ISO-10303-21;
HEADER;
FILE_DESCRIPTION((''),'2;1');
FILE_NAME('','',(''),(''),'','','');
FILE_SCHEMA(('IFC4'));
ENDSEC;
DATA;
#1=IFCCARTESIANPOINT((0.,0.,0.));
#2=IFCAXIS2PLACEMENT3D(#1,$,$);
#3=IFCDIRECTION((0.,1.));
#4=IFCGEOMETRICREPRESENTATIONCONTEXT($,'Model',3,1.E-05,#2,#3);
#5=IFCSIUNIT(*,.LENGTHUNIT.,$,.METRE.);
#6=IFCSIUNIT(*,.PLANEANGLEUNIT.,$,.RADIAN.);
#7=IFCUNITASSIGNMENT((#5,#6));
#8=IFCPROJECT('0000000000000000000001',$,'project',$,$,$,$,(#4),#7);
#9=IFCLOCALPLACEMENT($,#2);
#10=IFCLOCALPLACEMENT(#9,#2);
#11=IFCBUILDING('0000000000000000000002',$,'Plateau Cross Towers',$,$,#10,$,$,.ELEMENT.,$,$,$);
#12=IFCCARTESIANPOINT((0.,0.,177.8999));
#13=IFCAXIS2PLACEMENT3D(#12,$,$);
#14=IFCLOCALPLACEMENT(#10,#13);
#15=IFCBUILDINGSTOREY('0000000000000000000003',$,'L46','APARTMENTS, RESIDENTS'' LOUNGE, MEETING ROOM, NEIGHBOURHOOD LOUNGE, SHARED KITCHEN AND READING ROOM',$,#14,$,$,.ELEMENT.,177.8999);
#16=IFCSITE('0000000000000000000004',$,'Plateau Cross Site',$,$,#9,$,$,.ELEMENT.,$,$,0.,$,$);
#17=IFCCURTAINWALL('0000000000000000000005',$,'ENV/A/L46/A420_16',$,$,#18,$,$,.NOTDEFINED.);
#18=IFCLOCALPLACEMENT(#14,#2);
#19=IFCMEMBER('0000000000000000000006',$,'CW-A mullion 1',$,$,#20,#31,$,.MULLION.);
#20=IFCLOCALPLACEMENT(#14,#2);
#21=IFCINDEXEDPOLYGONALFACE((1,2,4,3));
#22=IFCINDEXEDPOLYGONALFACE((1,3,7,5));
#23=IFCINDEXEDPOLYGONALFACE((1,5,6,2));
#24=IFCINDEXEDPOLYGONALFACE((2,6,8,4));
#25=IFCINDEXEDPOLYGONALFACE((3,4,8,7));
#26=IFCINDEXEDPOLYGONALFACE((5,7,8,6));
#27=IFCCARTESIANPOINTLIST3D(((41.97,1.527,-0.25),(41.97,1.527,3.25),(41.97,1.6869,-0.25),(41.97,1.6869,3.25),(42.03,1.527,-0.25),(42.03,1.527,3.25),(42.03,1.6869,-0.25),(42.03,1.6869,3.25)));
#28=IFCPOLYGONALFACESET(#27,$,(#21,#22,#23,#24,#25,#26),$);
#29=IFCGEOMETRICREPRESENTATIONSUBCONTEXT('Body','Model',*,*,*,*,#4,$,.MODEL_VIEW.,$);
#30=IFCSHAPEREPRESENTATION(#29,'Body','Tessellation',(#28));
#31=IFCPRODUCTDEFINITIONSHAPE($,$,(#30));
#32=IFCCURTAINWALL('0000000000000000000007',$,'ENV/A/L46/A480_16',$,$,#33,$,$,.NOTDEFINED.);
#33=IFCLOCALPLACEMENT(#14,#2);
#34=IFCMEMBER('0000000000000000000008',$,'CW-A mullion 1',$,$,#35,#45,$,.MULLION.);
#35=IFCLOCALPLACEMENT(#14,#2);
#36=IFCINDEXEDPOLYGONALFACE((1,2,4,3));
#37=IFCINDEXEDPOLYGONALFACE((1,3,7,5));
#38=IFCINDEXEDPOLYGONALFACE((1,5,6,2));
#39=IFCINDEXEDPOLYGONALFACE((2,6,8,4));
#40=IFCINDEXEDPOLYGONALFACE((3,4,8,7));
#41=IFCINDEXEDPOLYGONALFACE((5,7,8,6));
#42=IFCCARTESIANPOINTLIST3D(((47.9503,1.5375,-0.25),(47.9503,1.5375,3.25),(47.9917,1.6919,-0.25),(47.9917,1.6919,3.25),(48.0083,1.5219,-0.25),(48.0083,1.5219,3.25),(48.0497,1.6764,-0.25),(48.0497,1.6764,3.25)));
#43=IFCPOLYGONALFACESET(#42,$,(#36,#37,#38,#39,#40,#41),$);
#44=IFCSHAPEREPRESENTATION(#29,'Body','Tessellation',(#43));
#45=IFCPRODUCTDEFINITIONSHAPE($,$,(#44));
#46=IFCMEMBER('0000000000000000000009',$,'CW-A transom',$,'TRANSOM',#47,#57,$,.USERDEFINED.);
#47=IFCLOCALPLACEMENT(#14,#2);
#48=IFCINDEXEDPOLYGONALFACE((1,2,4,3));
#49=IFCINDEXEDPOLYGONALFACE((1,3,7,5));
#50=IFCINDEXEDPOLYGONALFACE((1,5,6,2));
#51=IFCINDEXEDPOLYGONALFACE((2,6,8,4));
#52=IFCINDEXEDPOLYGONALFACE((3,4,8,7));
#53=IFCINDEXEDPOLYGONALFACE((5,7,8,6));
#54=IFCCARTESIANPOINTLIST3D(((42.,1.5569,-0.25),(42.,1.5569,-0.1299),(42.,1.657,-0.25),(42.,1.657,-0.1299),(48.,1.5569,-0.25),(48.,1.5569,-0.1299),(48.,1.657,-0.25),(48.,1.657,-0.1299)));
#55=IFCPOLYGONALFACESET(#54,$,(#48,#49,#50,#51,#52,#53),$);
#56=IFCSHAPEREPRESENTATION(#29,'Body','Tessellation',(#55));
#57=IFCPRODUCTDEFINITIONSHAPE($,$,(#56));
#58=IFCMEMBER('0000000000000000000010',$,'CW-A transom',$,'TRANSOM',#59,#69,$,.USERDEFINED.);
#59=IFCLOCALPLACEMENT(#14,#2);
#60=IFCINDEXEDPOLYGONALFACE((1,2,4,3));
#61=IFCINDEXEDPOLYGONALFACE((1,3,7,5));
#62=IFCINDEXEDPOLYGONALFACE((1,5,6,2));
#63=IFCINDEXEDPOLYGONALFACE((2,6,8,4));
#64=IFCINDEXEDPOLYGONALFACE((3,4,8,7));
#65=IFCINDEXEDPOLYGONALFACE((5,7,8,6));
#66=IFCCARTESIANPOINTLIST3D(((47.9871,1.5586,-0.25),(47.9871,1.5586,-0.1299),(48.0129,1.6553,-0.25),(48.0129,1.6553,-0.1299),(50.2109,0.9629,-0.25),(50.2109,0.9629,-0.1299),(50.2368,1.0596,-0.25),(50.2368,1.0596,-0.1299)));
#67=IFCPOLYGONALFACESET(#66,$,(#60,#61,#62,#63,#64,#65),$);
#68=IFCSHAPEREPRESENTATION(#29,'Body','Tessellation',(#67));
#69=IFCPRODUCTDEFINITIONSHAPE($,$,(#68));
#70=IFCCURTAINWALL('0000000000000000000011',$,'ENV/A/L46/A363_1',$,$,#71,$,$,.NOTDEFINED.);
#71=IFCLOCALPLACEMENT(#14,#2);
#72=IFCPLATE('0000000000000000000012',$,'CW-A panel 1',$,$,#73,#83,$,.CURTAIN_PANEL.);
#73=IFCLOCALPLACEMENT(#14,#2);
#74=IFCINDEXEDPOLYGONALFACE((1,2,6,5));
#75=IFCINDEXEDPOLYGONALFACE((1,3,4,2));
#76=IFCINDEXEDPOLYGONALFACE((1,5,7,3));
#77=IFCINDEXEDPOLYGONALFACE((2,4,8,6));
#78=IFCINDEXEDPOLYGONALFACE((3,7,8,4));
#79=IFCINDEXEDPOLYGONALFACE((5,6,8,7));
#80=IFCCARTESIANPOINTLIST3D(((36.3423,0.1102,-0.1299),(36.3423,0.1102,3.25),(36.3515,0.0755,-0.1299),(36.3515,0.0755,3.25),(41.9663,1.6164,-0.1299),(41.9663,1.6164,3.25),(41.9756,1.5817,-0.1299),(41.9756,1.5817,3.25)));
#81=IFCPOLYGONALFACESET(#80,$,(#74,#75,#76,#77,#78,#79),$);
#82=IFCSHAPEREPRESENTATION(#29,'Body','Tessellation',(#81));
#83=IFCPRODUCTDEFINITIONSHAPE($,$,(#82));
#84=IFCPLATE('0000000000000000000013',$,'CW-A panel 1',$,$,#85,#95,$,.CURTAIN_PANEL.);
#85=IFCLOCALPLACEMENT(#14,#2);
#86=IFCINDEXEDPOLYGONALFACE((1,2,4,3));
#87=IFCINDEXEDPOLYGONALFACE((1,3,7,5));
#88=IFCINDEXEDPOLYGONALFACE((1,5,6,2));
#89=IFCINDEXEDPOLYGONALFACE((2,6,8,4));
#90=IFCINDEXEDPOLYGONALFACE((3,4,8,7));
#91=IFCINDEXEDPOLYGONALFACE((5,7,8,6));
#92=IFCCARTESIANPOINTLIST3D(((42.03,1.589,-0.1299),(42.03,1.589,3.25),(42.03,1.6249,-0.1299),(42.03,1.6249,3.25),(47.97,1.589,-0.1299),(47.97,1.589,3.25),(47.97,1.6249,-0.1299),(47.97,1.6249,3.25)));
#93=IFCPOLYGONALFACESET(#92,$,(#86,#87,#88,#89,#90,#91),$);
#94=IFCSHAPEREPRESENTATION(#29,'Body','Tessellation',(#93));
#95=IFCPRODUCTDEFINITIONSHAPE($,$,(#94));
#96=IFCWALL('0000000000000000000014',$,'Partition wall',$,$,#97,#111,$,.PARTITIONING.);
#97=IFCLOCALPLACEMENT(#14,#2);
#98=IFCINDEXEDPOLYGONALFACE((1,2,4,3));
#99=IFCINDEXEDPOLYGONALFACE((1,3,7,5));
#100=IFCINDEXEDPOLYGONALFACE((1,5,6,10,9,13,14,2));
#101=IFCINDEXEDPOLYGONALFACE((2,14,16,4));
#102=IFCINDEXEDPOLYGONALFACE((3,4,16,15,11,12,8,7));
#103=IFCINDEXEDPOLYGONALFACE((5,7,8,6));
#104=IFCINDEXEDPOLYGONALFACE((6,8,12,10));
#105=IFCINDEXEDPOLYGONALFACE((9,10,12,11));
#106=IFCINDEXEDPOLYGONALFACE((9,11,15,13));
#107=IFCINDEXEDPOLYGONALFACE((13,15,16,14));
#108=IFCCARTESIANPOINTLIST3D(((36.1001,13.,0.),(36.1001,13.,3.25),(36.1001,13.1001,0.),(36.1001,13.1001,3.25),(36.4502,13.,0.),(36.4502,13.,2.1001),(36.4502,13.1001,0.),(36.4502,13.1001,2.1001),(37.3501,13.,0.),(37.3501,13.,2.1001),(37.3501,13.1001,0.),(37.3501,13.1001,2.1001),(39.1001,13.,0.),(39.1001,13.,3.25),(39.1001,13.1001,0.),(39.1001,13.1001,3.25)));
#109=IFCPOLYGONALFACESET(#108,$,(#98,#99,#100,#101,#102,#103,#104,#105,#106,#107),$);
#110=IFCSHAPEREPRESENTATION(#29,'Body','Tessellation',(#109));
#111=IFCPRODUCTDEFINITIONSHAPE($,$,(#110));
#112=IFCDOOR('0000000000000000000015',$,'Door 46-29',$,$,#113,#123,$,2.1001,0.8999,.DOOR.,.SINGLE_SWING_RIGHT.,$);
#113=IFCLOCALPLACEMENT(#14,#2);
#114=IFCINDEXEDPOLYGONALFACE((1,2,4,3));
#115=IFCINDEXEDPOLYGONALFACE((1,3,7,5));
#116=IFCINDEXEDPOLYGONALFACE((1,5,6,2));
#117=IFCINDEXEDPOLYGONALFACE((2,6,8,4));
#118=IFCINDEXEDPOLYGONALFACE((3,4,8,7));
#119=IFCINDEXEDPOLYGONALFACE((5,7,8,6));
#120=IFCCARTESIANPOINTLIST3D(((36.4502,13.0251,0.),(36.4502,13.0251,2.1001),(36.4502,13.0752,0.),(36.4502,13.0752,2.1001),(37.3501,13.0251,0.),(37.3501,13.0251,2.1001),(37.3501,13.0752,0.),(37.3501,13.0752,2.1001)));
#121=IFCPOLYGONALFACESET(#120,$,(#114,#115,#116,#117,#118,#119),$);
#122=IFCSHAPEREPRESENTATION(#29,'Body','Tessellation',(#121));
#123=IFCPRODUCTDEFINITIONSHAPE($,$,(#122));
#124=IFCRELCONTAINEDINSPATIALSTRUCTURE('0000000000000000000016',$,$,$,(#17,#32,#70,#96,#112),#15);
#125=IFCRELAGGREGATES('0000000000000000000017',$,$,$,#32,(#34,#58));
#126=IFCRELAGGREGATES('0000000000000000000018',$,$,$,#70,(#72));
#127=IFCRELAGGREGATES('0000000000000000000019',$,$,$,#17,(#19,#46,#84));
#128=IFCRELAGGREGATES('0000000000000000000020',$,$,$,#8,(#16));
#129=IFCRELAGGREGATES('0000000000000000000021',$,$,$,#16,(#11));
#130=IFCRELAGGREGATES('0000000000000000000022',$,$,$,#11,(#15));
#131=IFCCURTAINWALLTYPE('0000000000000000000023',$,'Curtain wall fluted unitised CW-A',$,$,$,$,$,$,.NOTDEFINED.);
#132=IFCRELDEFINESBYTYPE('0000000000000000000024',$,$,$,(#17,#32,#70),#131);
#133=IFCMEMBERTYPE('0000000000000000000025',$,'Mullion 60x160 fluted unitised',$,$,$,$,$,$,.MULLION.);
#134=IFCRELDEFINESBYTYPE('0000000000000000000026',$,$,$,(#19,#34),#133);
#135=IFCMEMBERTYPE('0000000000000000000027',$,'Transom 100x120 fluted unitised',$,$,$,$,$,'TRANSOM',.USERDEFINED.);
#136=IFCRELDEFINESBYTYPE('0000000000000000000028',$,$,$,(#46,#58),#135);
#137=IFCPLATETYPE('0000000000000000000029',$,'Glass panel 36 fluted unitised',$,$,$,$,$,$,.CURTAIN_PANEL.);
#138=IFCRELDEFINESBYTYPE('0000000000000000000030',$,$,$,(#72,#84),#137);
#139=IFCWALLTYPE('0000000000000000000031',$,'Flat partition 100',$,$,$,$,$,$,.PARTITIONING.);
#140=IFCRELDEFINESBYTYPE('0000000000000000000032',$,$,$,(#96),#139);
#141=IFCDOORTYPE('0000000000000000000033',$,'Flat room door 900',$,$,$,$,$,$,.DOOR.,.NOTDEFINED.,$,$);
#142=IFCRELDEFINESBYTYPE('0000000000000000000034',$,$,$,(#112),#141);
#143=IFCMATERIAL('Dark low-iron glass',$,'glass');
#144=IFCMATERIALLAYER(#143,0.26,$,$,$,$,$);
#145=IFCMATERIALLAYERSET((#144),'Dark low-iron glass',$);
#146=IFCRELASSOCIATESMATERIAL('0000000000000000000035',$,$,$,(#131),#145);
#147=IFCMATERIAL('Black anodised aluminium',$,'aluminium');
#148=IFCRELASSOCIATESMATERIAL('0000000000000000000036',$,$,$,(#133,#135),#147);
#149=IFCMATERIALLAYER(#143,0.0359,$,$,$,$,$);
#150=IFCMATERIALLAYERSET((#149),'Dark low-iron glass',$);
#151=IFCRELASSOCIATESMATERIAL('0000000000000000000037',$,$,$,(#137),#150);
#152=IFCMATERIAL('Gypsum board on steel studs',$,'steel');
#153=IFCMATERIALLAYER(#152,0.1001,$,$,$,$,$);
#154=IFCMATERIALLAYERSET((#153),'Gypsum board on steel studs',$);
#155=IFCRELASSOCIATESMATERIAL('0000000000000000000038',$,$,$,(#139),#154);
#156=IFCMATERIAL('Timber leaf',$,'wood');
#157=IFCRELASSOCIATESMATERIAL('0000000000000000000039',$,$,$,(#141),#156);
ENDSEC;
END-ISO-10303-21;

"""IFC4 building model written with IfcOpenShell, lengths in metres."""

from ifc_helpers import new_model, si_unit, direction, frame, frame_2d, origin, origin_2d, place, context, subcontext, project, spatial, rectangle, extrude, material, layer, layer_set, material_profile, profile_set, type_object, element, fill, aggregate, save


model = new_model("IFC4")

# Units and contexts
model_context = context("Model", 3, precision=1e-05, world=origin(), true_north=direction((0.0, 1.0)))
body_context = subcontext(model_context, "Body", "Model", "MODEL_VIEW")
ifc_project = project(units=[si_unit("LENGTHUNIT", "METRE"), si_unit("PLANEANGLEUNIT", "RADIAN")], contexts=[model_context])

# Site, building, storey
site_placement = place(None, origin())
site = spatial("IfcSite", under=ifc_project, at=site_placement, Name="Plateau Cross Site", CompositionType="ELEMENT", RefElevation=0.0)
building_placement = place(site_placement, origin())
building = spatial("IfcBuilding", under=site, at=building_placement, Name="Plateau Cross Towers", CompositionType="ELEMENT")
storey_placement = place(building_placement, frame((0.0, 0.0, 177.8999)))
storey = spatial("IfcBuildingStorey", under=building, at=storey_placement, Name="L46", Description="APARTMENTS, RESIDENTS' LOUNGE, MEETING ROOM, NEIGHBOURHOOD LOUNGE, SHARED KITCHEN AND READING ROOM", CompositionType="ELEMENT", Elevation=177.8999)

# Curtain walls, members
ifc_material_1 = material(Name="Dark low-iron glass", Category="glass")
ifc_layer_1 = layer(ifc_material_1, 0.26)
ifc_layer_set_1 = layer_set([ifc_layer_1], Name="Dark low-iron glass")
curtain_wall_type = type_object("IfcCurtainWallType", Name="Curtain wall fluted unitised CW-A", PredefinedType="NOTDEFINED", material=ifc_layer_set_1)
curtain_wall_1_placement = place(storey_placement, origin())
curtain_wall_1 = element("IfcCurtainWall", 1, at=curtain_wall_1_placement, inside=storey, type_object=curtain_wall_type, Name="ENV/A/L46/A420_16", PredefinedType="NOTDEFINED")
ifc_material_2 = material(Name="Black anodised aluminium", Category="aluminium")
ifc_material_profile_1 = material_profile(ifc_material_2, rectangle(XDim=0.0601, YDim=0.1599, at=origin_2d()), Name="MULLION 60x160")
ifc_profile_set_1 = profile_set([ifc_material_profile_1], Name="Black anodised aluminium")
member_type_1 = type_object("IfcMemberType", Name="Mullion 60x160 fluted unitised", PredefinedType="MULLION", material=ifc_profile_set_1)
member_1_placement = place(storey_placement, frame((42.0, 1.6069, -0.25), z_axis=(0.0, 0.0, 1.0), x_axis=(1.0, 0.0, 0.0)))
member_1 = element("IfcMember", 2, at=member_1_placement, type_object=member_type_1, Name="CW-A mullion 1", PredefinedType="MULLION", context=body_context, shape_type="SweptSolid", body=[
    extrude(rectangle(XDim=0.0601, YDim=0.1599, at=origin_2d()), origin(), (0.0, 0.0, 1.0), 3.5),
])
curtain_wall_2_placement = place(storey_placement, origin())
curtain_wall_2 = element("IfcCurtainWall", 3, at=curtain_wall_2_placement, inside=storey, type_object=curtain_wall_type, Name="ENV/A/L46/A480_16", PredefinedType="NOTDEFINED")
member_2_placement = place(storey_placement, frame((48.0, 1.6069, -0.25), z_axis=(0.0, 0.0, 1.0), x_axis=(0.965958, -0.258699, 0.0)))
member_2 = element("IfcMember", 4, at=member_2_placement, type_object=member_type_1, Name="CW-A mullion 1", PredefinedType="MULLION", context=body_context, shape_type="SweptSolid", body=[
    extrude(rectangle(XDim=0.0601, YDim=0.1599, at=origin_2d()), origin(), (0.0, 0.0, 1.0), 3.5),
])

# Members
ifc_material_profile_2 = material_profile(ifc_material_2, rectangle(XDim=0.1001, YDim=0.1201, at=origin_2d()), Name="TRANSOM 100x120")
ifc_profile_set_2 = profile_set([ifc_material_profile_2], Name="Black anodised aluminium")
member_type_2 = type_object("IfcMemberType", Name="Transom 100x120 fluted unitised", ElementType="TRANSOM", PredefinedType="USERDEFINED", material=ifc_profile_set_2)
member_3_placement = place(storey_placement, frame((42.0, 1.6069, -0.1899), z_axis=(1.0, 0.0, 0.0), x_axis=(0.0, 1.0, 0.0)))
member_3 = element("IfcMember", 5, at=member_3_placement, type_object=member_type_2, Name="CW-A transom", ObjectType="TRANSOM", PredefinedType="USERDEFINED", context=body_context, shape_type="SweptSolid", body=[
    extrude(rectangle(XDim=0.1001, YDim=0.1201, at=origin_2d()), origin(), (0.0, 0.0, 1.0), 6.0),
])
member_4_placement = place(storey_placement, frame((48.0, 1.6069, -0.1899), z_axis=(0.965946, -0.258745, 0.0), x_axis=(0.258745, 0.965946, 0.0)))
member_4 = element("IfcMember", 6, at=member_4_placement, type_object=member_type_2, Name="CW-A transom", ObjectType="TRANSOM", PredefinedType="USERDEFINED", context=body_context, shape_type="SweptSolid", body=[
    extrude(rectangle(XDim=0.1001, YDim=0.1201, at=origin_2d()), origin(), (0.0, 0.0, 1.0), 2.3022),
])
aggregate(curtain_wall_2, [member_2, member_4])

# Curtain wall, plate
curtain_wall_3_placement = place(storey_placement, origin())
curtain_wall_3 = element("IfcCurtainWall", 7, at=curtain_wall_3_placement, inside=storey, type_object=curtain_wall_type, Name="ENV/A/L46/A363_1", PredefinedType="NOTDEFINED")
ifc_layer_2 = layer(ifc_material_1, 0.0359)
ifc_layer_set_2 = layer_set([ifc_layer_2], Name="Dark low-iron glass")
plate_type = type_object("IfcPlateType", Name="Glass panel 36 fluted unitised", PredefinedType="CURTAIN_PANEL", material=ifc_layer_set_2)
plate_1_placement = place(storey_placement, frame((39.1589, 0.8459, -0.1299), z_axis=(0.0, 0.0, 1.0), x_axis=(0.965958, 0.258699, 0.0)))
plate_1 = element("IfcPlate", 8, at=plate_1_placement, type_object=plate_type, Name="CW-A panel 1", PredefinedType="CURTAIN_PANEL", context=body_context, shape_type="SweptSolid", body=[
    extrude(rectangle(XDim=5.8223, YDim=0.0359, at=origin_2d()), origin(), (0.0, 0.0, 1.0), 3.3799),
])
aggregate(curtain_wall_3, [plate_1])

# Plate
plate_2_placement = place(storey_placement, frame((45.0, 1.6069, -0.1299), z_axis=(0.0, 0.0, 1.0), x_axis=(1.0, 0.0, 0.0)))
plate_2 = element("IfcPlate", 9, at=plate_2_placement, type_object=plate_type, Name="CW-A panel 1", PredefinedType="CURTAIN_PANEL", context=body_context, shape_type="SweptSolid", body=[
    extrude(rectangle(XDim=5.9399, YDim=0.0359, at=origin_2d()), origin(), (0.0, 0.0, 1.0), 3.3799),
])
aggregate(curtain_wall_1, [member_1, member_3, plate_2])

# Wall, opening, door
ifc_material_3 = material(Name="Gypsum board on steel studs", Category="steel")
ifc_layer_3 = layer(ifc_material_3, 0.1001)
ifc_layer_set_3 = layer_set([ifc_layer_3], Name="Gypsum board on steel studs")
wall_type_1 = type_object("IfcWallType", Name="Flat partition 100", PredefinedType="PARTITIONING", material=ifc_layer_set_3)
wall_1_placement = place(storey_placement, frame((39.1001, 13.05, 0.0), z_axis=(0.0, 0.0, 1.0), x_axis=(-1.0, 0.0, 0.0)))
wall_1 = element("IfcWall", 10, at=wall_1_placement, inside=storey, type_object=wall_type_1, Name="Partition wall", PredefinedType="PARTITIONING", context=body_context, shape_type="SweptSolid", body=[
    extrude(rectangle(XDim=3.0, YDim=0.1001, at=frame_2d((1.5, 0.0))), origin(), (0.0, 0.0, 1.0), 3.25),
])
opening_1_placement = place(wall_1_placement, frame((1.75, 0.0, 0.0)))
opening_1 = element("IfcOpeningElement", 11, at=opening_1_placement, cuts=wall_1, PredefinedType="OPENING", context=body_context, shape_type="SweptSolid", body=[
    extrude(rectangle(XDim=0.8999, YDim=2.1001, at=frame_2d((0.45, 1.05))), frame((0.0, 0.0601, 0.0), z_axis=(0.0, -1.0, 0.0), x_axis=(1.0, 0.0, 0.0)), (0.0, 0.0, 1.0), 0.1201),
])
ifc_material_4 = material(Name="Timber leaf", Category="wood")
door_type_1 = type_object("IfcDoorType", Name="Flat room door 900", OperationType="NOTDEFINED", PredefinedType="DOOR", material=ifc_material_4)
door_1_placement = place(opening_1_placement, origin())
door_1 = element("IfcDoor", 12, at=door_1_placement, inside=storey, type_object=door_type_1, Name="Door 46-29", OperationType="SINGLE_SWING_RIGHT", OverallHeight=2.1001, OverallWidth=0.8999, PredefinedType="DOOR", context=body_context, shape_type="SweptSolid", body=[
    extrude(rectangle(XDim=0.8999, YDim=2.1001, at=frame_2d((0.45, 1.05))), frame((0.0, 0.0249, 0.0), z_axis=(0.0, -1.0, 0.0), x_axis=(1.0, 0.0, 0.0)), (0.0, 0.0, 1.0), 0.05),
])
fill(opening_1, door_1)

save(model, "model.ifc")
